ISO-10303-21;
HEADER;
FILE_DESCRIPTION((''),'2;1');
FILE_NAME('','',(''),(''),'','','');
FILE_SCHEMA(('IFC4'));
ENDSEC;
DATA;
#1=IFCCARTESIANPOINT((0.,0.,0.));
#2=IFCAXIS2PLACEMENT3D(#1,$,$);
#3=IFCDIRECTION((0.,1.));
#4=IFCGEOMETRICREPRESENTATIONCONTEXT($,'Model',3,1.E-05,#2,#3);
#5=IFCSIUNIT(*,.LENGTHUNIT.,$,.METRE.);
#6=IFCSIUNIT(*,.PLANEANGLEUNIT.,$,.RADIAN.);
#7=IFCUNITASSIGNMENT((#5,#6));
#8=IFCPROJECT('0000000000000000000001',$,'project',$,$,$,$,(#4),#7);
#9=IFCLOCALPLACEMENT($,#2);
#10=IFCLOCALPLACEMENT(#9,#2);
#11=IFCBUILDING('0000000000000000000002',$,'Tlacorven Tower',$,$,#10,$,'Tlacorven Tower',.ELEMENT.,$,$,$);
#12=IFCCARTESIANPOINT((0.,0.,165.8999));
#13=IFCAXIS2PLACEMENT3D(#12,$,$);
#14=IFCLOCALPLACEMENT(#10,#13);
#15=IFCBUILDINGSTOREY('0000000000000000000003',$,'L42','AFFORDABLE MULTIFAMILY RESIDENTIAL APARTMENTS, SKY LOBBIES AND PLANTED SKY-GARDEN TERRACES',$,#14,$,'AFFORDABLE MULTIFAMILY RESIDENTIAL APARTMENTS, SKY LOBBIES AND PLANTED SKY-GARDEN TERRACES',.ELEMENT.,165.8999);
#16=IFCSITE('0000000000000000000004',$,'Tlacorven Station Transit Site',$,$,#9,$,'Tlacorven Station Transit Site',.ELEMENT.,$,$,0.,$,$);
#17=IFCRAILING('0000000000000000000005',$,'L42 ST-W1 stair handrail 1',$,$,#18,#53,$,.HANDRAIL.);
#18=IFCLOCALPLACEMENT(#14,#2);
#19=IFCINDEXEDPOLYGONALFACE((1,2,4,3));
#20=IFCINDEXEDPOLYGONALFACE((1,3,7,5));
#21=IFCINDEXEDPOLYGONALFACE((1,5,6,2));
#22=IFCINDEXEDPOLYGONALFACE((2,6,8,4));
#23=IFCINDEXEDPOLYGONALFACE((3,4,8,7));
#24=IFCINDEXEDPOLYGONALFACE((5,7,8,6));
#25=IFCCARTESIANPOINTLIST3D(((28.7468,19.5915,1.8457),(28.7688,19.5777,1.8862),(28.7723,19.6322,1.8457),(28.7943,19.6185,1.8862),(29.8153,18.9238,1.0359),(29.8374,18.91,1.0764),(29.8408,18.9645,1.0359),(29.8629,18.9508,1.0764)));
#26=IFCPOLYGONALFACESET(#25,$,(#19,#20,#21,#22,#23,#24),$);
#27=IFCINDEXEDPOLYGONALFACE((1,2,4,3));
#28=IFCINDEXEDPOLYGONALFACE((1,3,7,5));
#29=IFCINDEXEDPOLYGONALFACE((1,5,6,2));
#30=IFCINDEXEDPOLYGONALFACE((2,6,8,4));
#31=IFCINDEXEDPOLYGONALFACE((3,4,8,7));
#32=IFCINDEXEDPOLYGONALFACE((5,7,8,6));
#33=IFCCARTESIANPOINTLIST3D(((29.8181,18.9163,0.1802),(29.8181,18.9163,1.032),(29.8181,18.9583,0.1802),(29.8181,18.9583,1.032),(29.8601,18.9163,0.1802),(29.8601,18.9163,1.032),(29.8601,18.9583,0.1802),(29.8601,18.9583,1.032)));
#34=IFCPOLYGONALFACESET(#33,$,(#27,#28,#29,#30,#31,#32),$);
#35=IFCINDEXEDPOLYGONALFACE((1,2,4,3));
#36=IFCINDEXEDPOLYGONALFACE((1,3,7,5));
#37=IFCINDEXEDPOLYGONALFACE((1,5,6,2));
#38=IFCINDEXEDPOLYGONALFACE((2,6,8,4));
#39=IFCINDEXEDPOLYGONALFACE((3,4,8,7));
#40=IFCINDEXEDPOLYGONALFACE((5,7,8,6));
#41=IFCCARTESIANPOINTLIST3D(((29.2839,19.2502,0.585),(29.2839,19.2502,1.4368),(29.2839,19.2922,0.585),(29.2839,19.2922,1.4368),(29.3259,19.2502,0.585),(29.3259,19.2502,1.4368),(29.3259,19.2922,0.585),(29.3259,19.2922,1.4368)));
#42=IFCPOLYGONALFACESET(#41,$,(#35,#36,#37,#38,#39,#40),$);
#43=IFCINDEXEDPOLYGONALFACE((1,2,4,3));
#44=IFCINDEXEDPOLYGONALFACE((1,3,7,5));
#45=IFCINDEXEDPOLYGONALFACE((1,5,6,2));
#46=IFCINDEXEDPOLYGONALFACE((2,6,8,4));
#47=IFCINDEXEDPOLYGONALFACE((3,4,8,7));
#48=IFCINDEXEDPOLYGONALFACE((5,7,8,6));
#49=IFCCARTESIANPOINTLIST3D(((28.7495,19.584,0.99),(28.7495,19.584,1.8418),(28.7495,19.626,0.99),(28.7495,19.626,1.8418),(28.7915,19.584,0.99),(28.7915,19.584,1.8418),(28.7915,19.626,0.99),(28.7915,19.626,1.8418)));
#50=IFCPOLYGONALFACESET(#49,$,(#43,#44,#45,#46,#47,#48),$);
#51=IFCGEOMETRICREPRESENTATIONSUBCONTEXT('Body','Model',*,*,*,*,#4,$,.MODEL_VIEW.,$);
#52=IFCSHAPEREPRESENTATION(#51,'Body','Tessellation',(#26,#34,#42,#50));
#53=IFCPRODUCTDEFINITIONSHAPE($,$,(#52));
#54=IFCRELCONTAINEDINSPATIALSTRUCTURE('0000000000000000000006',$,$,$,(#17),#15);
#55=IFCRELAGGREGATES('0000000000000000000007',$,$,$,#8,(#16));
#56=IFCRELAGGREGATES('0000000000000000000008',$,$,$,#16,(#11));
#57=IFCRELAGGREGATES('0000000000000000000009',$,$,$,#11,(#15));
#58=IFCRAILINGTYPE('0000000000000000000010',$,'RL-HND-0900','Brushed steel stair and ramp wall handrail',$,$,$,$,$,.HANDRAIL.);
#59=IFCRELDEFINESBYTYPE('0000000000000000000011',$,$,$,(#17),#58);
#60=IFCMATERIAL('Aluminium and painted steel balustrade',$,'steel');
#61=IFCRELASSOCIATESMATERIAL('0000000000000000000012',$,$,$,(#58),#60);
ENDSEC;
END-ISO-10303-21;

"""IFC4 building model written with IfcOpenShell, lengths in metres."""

from ifc_helpers import new_model, si_unit, direction, frame, origin, origin_2d, place, context, subcontext, project, spatial, rectangle, extrude, source, transform, mapped, material, type_object, element, save


model = new_model("IFC4")

# Units and contexts
model_context = context("Model", 3, precision=1e-05, world=origin(), true_north=direction((0.0, 1.0)))
body_context = subcontext(model_context, "Body", "Model", "MODEL_VIEW")
ifc_project = project(units=[si_unit("LENGTHUNIT", "METRE"), si_unit("PLANEANGLEUNIT", "RADIAN")], contexts=[model_context])

# Site, building, storey
site_placement = place(None, origin())
site = spatial("IfcSite", under=ifc_project, at=site_placement, Name="Tlacorven Station Transit Site", LongName="Tlacorven Station Transit Site", CompositionType="ELEMENT", RefElevation=0.0)
building_placement = place(site_placement, origin())
building = spatial("IfcBuilding", under=site, at=building_placement, Name="Tlacorven Tower", LongName="Tlacorven Tower", CompositionType="ELEMENT")
storey_placement = place(building_placement, frame((0.0, 0.0, 165.8999)))
storey = spatial("IfcBuildingStorey", under=building, at=storey_placement, Name="L42", Description="AFFORDABLE MULTIFAMILY RESIDENTIAL APARTMENTS, SKY LOBBIES AND PLANTED SKY-GARDEN TERRACES", LongName="AFFORDABLE MULTIFAMILY RESIDENTIAL APARTMENTS, SKY LOBBIES AND PLANTED SKY-GARDEN TERRACES", CompositionType="ELEMENT", Elevation=165.8999)

# Railing
ifc_material_1 = material(Name="Aluminium and painted steel balustrade", Category="steel")
railing_type_1 = type_object("IfcRailingType", Name="RL-HND-0900", Description="Brushed steel stair and ramp wall handrail", PredefinedType="HANDRAIL", material=ifc_material_1)
shared_shape_1 = source(origin(), body_context, "Body", "SweptSolid", [
    extrude(rectangle(XDim=0.0481, YDim=0.0481, at=origin_2d()), frame((0.0, 0.0, 0.876), z_axis=(-0.713423, 0.445787, 0.540649), x_axis=(-0.529912, -0.848053, 0.0)), (0.0, 0.0, 1.0), 1.4978),
    extrude(rectangle(XDim=0.042, YDim=0.042, at=origin_2d()), origin(), (0.0, 0.0, 1.0), 0.8518),
    extrude(rectangle(XDim=0.042, YDim=0.042, at=origin_2d()), frame((-0.5342, 0.334, 0.4048)), (0.0, 0.0, 1.0), 0.8518),
    extrude(rectangle(XDim=0.042, YDim=0.042, at=origin_2d()), frame((-1.0686, 0.6677, 0.8098)), (0.0, 0.0, 1.0), 0.8518),
])
railing_1_placement = place(storey_placement, frame((29.8391, 18.9373, 0.1802)))
element("IfcRailing", 1, at=railing_1_placement, inside=storey, type_object=railing_type_1, Name="L42 ST-W1 stair handrail 1", PredefinedType="HANDRAIL", context=body_context, shape_type="MappedRepresentation", body=[
    mapped(shared_shape_1, transform((0.0, 0.0, 0.0), scale=1.0)),
])

save(model, "model.ifc")
